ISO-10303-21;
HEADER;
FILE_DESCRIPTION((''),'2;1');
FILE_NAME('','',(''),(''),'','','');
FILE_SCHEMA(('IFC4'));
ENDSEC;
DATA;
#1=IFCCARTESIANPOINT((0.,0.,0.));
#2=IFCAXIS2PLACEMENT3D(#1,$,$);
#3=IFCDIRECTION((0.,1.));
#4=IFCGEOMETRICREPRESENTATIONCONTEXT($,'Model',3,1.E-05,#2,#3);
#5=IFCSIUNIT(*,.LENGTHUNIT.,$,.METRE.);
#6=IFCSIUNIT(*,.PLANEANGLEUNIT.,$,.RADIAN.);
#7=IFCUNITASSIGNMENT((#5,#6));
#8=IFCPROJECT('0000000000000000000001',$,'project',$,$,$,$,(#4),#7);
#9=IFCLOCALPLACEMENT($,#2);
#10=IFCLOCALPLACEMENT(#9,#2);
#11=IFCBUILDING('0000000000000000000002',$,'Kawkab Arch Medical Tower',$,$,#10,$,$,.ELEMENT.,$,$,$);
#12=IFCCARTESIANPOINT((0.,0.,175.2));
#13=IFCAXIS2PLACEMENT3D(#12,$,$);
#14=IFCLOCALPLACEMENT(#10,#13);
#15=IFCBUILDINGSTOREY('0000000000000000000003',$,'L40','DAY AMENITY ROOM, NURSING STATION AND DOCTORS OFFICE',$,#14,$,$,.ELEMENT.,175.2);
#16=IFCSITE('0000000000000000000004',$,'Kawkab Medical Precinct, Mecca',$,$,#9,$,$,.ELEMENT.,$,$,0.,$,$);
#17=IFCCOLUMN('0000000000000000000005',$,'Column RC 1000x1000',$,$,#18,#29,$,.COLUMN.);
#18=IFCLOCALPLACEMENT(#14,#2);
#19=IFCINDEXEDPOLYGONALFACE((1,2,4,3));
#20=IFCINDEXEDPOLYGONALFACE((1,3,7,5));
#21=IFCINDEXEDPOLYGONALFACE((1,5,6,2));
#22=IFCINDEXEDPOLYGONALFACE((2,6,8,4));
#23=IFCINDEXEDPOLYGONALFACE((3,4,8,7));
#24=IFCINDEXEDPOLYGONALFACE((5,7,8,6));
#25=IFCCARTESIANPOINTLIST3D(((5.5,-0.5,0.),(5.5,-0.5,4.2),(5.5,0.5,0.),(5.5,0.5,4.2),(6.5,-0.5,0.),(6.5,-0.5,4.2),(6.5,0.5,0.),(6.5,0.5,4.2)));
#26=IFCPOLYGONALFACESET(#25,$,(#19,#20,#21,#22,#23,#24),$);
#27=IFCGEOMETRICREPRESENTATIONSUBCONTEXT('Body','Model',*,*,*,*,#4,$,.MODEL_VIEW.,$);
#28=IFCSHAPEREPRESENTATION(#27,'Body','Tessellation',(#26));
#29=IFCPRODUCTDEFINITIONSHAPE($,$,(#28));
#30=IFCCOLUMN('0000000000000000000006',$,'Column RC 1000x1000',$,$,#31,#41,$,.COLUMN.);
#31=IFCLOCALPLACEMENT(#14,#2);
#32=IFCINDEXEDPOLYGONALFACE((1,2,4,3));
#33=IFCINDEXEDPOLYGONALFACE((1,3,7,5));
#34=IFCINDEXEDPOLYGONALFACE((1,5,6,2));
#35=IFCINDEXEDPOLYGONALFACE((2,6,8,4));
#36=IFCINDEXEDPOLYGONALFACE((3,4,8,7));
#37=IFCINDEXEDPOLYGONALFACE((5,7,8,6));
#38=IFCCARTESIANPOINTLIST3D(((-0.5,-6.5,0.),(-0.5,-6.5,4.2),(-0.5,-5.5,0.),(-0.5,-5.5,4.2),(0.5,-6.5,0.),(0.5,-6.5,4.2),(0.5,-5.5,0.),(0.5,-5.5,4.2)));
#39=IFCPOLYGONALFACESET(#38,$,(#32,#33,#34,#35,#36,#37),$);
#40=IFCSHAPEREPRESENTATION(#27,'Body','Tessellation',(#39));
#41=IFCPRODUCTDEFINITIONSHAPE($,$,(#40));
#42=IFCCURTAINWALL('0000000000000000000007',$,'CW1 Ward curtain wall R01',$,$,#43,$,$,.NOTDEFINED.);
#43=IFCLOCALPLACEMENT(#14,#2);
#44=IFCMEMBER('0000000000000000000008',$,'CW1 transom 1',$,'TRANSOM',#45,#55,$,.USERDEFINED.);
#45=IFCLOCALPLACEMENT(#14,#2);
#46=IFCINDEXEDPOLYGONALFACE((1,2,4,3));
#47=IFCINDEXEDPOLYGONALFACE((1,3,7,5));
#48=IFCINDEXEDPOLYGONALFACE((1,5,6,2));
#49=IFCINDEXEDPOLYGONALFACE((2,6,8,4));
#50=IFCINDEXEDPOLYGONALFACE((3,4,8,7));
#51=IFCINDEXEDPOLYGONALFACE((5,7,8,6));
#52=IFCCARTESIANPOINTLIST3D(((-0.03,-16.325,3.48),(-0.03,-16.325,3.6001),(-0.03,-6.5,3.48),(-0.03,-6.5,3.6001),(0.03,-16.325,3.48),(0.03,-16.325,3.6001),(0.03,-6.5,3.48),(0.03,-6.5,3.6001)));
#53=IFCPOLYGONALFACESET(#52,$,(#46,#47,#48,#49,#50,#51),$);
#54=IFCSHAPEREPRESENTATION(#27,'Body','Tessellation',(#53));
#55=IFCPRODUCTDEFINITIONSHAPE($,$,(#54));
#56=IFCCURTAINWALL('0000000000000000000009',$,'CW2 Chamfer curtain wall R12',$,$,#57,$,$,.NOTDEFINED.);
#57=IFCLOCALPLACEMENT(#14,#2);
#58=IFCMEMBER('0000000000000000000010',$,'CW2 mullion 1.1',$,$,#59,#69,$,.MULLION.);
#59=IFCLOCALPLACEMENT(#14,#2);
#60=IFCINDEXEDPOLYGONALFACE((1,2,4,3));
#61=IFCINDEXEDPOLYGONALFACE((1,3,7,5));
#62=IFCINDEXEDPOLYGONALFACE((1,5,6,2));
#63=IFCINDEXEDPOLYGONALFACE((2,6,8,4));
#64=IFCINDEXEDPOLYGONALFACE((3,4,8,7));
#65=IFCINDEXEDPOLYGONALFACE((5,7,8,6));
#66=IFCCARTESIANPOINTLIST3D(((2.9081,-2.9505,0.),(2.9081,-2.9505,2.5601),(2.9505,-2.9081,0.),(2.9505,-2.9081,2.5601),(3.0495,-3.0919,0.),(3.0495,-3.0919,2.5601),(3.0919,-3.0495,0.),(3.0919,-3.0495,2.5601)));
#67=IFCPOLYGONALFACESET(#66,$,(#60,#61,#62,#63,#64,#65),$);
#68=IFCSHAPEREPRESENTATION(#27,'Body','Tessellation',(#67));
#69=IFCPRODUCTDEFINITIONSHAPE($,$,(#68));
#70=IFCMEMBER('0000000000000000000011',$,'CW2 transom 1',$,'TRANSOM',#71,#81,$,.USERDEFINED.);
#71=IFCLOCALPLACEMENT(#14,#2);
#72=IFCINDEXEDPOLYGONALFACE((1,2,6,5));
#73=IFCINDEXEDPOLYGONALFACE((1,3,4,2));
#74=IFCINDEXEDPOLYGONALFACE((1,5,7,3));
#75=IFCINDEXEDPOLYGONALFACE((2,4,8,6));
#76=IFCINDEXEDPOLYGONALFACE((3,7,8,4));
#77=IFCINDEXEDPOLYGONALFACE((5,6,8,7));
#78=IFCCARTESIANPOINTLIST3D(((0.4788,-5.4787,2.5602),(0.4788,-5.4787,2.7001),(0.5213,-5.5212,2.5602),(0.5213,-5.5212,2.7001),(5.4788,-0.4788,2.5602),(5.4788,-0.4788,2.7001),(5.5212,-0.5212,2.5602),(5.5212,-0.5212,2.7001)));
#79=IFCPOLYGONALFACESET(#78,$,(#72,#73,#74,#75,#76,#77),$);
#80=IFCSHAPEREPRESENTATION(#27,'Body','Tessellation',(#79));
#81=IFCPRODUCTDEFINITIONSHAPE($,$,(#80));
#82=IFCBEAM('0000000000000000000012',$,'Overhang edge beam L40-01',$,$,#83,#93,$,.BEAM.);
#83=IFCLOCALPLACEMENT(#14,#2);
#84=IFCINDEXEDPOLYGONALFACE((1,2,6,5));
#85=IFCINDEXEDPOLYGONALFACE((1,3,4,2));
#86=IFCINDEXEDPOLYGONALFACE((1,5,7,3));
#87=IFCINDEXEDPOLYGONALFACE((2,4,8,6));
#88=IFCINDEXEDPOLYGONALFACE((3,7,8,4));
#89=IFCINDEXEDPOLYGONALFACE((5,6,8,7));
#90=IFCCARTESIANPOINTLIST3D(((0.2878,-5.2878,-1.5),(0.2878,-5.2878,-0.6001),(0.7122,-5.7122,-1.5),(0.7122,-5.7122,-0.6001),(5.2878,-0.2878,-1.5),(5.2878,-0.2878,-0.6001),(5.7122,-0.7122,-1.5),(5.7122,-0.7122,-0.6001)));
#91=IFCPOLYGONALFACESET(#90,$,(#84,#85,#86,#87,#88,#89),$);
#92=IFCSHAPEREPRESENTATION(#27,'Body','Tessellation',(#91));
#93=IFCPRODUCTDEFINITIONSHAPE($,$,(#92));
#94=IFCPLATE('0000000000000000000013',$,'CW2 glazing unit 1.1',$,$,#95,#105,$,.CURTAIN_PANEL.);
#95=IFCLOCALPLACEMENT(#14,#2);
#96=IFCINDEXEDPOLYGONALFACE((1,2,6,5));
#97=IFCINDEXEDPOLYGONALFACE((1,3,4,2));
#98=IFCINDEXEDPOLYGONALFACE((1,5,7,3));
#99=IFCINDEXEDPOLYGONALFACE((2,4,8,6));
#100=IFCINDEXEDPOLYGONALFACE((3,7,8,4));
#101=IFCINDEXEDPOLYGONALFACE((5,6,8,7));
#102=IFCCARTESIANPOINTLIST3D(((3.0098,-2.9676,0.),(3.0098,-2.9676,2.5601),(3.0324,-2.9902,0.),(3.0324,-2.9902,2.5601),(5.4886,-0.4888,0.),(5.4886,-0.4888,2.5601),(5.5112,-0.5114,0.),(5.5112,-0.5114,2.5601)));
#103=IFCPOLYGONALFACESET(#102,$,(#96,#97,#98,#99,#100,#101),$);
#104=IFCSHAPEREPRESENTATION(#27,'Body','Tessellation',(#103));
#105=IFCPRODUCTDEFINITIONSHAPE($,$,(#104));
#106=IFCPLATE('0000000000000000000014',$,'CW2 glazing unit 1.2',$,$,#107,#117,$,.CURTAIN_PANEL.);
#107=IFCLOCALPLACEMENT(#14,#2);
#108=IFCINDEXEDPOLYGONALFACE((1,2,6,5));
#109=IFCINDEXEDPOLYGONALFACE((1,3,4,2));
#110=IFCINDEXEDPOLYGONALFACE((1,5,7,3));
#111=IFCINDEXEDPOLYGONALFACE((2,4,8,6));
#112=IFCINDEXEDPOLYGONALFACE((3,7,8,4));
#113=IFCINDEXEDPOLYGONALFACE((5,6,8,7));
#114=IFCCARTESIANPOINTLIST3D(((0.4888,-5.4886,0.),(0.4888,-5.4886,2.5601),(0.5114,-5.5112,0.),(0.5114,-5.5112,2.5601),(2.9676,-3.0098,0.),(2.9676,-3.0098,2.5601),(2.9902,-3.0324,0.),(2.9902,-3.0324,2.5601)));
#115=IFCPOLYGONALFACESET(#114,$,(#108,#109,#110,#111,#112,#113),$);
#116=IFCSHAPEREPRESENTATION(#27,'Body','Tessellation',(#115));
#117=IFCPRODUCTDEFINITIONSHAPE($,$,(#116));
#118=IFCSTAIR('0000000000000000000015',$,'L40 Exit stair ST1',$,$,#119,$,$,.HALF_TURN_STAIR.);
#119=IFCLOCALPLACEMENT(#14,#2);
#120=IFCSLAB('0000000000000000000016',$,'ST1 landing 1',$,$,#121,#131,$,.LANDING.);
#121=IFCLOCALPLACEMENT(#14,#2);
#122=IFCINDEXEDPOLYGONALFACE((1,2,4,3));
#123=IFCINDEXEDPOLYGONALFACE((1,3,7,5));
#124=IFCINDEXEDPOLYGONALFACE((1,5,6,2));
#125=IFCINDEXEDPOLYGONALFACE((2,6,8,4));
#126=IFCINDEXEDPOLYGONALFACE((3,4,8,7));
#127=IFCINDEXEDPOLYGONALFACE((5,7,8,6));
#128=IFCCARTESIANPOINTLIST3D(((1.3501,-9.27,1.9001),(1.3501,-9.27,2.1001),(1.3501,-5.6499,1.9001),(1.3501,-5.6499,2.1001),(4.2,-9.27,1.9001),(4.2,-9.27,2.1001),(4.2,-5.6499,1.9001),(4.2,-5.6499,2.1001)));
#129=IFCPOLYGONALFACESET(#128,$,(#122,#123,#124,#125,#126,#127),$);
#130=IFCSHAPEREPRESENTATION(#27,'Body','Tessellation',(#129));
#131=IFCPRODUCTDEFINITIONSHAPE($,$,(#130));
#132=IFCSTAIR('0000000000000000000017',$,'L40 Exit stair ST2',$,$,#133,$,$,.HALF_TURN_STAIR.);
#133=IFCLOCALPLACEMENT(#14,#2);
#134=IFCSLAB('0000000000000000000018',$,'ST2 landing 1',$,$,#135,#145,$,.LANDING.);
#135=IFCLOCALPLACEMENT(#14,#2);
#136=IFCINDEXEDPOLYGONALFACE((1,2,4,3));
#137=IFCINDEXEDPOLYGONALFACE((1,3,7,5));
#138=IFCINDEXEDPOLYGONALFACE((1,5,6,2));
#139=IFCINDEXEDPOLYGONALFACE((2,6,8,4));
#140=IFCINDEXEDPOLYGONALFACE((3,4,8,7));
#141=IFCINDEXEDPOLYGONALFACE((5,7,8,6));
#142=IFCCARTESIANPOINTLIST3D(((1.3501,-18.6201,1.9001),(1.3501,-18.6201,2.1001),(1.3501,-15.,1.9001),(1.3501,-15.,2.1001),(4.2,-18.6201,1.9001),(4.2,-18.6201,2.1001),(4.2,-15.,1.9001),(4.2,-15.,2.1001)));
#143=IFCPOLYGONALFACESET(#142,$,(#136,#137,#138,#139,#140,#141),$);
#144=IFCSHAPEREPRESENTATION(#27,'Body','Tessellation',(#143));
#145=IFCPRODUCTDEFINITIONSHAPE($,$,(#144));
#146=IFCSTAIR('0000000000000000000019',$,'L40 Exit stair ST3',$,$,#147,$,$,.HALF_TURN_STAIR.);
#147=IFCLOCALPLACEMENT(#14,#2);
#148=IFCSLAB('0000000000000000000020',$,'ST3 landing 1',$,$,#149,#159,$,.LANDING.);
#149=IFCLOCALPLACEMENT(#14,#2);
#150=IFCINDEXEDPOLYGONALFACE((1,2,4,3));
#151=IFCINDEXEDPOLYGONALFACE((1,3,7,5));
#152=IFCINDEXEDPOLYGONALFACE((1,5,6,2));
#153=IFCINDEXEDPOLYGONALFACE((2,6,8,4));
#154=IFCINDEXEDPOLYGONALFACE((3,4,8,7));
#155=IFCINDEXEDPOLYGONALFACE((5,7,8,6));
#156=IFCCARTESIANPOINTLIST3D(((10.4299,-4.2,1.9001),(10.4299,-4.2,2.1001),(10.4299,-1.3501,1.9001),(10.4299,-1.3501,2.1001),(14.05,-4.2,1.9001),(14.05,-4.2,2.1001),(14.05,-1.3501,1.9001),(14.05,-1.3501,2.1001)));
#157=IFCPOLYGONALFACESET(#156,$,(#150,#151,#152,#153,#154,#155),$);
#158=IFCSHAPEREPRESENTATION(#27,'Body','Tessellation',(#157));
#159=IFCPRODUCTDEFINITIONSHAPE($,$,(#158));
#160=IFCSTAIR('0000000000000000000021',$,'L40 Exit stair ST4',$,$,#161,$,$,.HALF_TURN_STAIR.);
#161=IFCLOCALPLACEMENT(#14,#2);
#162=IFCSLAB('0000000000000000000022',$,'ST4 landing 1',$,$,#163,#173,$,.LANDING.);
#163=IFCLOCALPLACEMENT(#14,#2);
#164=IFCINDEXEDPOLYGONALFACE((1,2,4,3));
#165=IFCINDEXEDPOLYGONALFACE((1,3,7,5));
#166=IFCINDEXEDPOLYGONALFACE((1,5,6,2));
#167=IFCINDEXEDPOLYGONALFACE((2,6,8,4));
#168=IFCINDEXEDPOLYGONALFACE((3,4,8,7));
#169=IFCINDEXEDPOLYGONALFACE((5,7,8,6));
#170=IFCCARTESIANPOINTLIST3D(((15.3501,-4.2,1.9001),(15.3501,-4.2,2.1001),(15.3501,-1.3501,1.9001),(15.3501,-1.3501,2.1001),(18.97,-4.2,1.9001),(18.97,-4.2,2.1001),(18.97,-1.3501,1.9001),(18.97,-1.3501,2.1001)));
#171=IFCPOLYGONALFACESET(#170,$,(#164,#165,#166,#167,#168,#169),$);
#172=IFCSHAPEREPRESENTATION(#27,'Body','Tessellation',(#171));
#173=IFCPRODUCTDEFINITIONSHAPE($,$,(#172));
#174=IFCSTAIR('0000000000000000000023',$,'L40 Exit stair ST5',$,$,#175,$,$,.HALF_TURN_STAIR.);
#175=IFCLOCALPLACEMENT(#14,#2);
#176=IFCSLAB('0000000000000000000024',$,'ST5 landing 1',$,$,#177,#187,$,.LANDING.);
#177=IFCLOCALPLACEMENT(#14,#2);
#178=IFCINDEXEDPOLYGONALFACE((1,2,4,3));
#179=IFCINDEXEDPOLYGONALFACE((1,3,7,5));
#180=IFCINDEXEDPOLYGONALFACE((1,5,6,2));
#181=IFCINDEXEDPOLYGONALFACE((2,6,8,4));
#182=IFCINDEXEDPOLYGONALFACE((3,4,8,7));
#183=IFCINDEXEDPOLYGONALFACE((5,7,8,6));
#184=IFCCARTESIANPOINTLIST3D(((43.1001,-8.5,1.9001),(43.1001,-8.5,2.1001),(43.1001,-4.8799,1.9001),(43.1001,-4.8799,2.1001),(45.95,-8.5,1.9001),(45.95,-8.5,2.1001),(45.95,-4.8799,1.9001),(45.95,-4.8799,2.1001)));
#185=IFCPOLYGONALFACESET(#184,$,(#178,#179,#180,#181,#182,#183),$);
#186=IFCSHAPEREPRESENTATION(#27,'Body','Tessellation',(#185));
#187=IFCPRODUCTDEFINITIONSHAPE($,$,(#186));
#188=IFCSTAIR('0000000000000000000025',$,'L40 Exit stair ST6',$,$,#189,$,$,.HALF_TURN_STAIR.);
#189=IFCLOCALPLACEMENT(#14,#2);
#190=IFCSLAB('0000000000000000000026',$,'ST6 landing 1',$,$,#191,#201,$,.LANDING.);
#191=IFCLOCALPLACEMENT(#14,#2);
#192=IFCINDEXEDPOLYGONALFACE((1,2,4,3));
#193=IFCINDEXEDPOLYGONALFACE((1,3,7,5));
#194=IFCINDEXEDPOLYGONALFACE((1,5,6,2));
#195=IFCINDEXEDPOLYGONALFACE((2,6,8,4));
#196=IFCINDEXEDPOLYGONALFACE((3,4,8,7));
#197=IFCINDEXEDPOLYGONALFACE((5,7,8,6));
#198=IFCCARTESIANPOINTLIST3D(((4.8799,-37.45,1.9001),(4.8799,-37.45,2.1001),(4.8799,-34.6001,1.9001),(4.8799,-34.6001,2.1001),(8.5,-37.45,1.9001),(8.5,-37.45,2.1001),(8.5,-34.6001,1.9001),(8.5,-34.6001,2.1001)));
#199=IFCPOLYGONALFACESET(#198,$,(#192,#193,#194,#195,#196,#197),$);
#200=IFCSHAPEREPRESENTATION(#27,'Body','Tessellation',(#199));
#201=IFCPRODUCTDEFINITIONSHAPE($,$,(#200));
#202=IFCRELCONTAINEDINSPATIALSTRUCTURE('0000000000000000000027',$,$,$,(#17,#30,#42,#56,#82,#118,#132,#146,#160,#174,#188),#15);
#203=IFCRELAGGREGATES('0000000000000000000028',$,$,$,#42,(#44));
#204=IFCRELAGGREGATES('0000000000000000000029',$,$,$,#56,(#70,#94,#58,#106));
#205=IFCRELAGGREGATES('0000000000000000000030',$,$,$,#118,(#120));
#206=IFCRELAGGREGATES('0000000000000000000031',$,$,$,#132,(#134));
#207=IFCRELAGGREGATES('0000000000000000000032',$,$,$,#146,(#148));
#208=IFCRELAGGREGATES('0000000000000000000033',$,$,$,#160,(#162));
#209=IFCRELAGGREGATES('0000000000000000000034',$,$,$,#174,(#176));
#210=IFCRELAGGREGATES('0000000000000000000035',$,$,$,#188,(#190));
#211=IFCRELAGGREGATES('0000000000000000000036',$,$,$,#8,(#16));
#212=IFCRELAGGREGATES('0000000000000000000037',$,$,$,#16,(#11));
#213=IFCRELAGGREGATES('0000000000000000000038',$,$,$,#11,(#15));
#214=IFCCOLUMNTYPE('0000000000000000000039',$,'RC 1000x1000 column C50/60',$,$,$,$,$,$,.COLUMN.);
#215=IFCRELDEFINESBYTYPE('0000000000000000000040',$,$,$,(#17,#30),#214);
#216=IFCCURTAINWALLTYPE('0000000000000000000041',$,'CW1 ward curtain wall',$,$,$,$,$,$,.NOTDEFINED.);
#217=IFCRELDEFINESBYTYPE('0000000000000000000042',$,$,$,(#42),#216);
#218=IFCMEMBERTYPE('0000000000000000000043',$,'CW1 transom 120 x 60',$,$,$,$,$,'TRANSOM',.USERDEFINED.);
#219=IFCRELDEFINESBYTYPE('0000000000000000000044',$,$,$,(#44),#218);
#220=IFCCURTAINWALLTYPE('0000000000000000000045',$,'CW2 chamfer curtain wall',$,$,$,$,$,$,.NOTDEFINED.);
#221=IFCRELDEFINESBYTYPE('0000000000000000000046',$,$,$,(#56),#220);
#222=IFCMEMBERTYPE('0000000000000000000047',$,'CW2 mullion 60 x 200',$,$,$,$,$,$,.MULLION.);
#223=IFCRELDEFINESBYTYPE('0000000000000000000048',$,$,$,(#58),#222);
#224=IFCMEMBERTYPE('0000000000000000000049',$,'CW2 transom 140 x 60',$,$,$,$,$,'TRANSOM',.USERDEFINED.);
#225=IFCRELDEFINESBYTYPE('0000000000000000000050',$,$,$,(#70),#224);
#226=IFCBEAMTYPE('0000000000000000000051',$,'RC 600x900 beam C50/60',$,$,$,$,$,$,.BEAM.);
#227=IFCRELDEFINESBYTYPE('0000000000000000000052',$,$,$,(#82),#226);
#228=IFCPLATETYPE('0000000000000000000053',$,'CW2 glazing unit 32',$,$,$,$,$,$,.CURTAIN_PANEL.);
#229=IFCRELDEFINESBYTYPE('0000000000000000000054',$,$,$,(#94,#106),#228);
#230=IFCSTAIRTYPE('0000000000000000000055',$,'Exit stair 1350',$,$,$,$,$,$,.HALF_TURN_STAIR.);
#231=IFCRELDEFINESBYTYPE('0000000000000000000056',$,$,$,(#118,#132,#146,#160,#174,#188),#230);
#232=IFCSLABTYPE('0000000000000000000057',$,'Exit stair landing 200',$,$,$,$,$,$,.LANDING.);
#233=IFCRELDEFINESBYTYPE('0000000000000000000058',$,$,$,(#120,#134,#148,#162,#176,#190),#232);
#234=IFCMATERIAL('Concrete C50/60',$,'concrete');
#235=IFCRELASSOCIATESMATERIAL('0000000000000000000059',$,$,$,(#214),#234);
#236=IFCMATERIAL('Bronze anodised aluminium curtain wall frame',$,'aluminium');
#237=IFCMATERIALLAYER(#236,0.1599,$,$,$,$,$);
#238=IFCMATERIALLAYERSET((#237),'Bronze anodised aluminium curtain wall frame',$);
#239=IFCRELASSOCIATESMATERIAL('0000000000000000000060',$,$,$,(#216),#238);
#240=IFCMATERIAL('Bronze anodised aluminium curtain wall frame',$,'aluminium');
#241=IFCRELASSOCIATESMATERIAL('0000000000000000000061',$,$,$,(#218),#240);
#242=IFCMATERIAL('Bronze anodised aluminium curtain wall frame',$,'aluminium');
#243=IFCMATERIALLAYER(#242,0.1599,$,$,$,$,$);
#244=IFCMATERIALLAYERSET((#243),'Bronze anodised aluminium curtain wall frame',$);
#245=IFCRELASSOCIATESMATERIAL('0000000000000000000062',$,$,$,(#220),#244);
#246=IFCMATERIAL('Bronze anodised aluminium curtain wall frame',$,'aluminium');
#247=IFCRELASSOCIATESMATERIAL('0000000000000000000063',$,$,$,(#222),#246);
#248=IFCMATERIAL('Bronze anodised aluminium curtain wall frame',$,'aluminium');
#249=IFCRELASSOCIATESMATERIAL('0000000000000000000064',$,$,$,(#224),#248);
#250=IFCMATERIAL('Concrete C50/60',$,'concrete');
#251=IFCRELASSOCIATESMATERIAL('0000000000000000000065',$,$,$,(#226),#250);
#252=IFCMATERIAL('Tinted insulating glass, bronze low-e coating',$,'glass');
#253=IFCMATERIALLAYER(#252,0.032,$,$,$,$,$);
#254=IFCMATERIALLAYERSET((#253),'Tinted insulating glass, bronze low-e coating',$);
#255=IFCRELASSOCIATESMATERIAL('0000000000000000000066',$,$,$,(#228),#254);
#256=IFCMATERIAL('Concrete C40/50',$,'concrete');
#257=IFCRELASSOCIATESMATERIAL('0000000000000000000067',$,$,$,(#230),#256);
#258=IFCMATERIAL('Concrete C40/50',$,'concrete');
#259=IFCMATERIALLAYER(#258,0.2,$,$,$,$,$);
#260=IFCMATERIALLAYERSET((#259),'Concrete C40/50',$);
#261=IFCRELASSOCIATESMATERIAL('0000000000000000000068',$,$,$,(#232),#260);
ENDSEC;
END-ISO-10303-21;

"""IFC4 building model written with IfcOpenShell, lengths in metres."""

from ifc_helpers import new_model, si_unit, direction, frame, origin, origin_2d, place, context, subcontext, project, spatial, polyline, rectangle, outline, extrude, material, layer, layer_set, material_profile, profile_set, type_object, element, aggregate, save


model = new_model("IFC4")

# Units and contexts
model_context = context("Model", 3, precision=1e-05, world=origin(), true_north=direction((0.0, 1.0)))
body_context = subcontext(model_context, "Body", "Model", "MODEL_VIEW")
ifc_project = project(units=[si_unit("LENGTHUNIT", "METRE"), si_unit("PLANEANGLEUNIT", "RADIAN")], contexts=[model_context])

# Site, building, storey
site_placement = place(None, origin())
site = spatial("IfcSite", under=ifc_project, at=site_placement, Name="Kawkab Medical Precinct, Mecca", CompositionType="ELEMENT", RefElevation=0.0)
building_placement = place(site_placement, origin())
building = spatial("IfcBuilding", under=site, at=building_placement, Name="Kawkab Arch Medical Tower", CompositionType="ELEMENT")
storey_placement = place(building_placement, frame((0.0, 0.0, 175.2)))
storey = spatial("IfcBuildingStorey", under=building, at=storey_placement, Name="L40", Description="DAY AMENITY ROOM, NURSING STATION AND DOCTORS OFFICE", CompositionType="ELEMENT", Elevation=175.2)

# Columns
ifc_material_1 = material(Name="Concrete C50/60", Category="concrete")
ifc_material_profile_1 = material_profile(ifc_material_1, rectangle(XDim=1.0, YDim=1.0, at=origin_2d()), Name="RC 1000x1000")
ifc_profile_set_1 = profile_set([ifc_material_profile_1], Name="Concrete C50/60")
column_type = type_object("IfcColumnType", Name="RC 1000x1000 column C50/60", PredefinedType="COLUMN", material=ifc_profile_set_1)
for number, where, z_axis, x_axis, name in (
    (1, (6.0, 0.0, 0.0), (0.0, 0.0, 1.0), (1.0, 0.0, 0.0), "Column RC 1000x1000"),
    (2, (0.0, -6.0, 0.0), (0.0, 0.0, 1.0), (1.0, 0.0, 0.0), "Column RC 1000x1000"),
):
    element("IfcColumn", number, at=place(storey_placement, frame(where, z_axis=z_axis, x_axis=x_axis)), inside=storey, type_object=column_type, Name=name, PredefinedType="COLUMN", context=body_context, shape_type="SweptSolid", body=[
        extrude(rectangle(XDim=1.0, YDim=1.0, at=origin_2d()), origin(), (0.0, 0.0, 1.0), 4.2),
    ])

# Curtain wall, member
ifc_material_2 = material(Name="Bronze anodised aluminium curtain wall frame", Category="aluminium")
ifc_layer_1 = layer(ifc_material_2, 0.1599)
ifc_layer_set_1 = layer_set([ifc_layer_1], Name="Bronze anodised aluminium curtain wall frame")
curtain_wall_type_1 = type_object("IfcCurtainWallType", Name="CW1 ward curtain wall", PredefinedType="NOTDEFINED", material=ifc_layer_set_1)
placement_1 = place(storey_placement, origin())
curtain_wall_1 = element("IfcCurtainWall", 3, at=placement_1, inside=storey, type_object=curtain_wall_type_1, Name="CW1 Ward curtain wall R01", PredefinedType="NOTDEFINED")
ifc_material_3 = material(Name="Bronze anodised aluminium curtain wall frame", Category="aluminium")
ifc_material_profile_2 = material_profile(ifc_material_3, rectangle(XDim=0.0601, YDim=0.1201, at=origin_2d()), Name="AL 60x120")
ifc_profile_set_2 = profile_set([ifc_material_profile_2], Name="Bronze anodised aluminium curtain wall frame")
member_type_1 = type_object("IfcMemberType", Name="CW1 transom 120 x 60", ElementType="TRANSOM", PredefinedType="USERDEFINED", material=ifc_profile_set_2)
member_1_placement = place(storey_placement, frame((0.0, -6.5, 3.54), z_axis=(0.0, -1.0, 0.0), x_axis=(1.0, 0.0, 0.0)))
member_1 = element("IfcMember", 4, at=member_1_placement, type_object=member_type_1, Name="CW1 transom 1", ObjectType="TRANSOM", PredefinedType="USERDEFINED", context=body_context, shape_type="SweptSolid", body=[
    extrude(rectangle(XDim=0.0601, YDim=0.1201, at=origin_2d()), origin(), (0.0, 0.0, 1.0), 9.825),
])
aggregate(curtain_wall_1, [member_1])

# Curtain wall, members
ifc_material_4 = material(Name="Bronze anodised aluminium curtain wall frame", Category="aluminium")
ifc_layer_2 = layer(ifc_material_4, 0.1599)
ifc_layer_set_2 = layer_set([ifc_layer_2], Name="Bronze anodised aluminium curtain wall frame")
curtain_wall_type_2 = type_object("IfcCurtainWallType", Name="CW2 chamfer curtain wall", PredefinedType="NOTDEFINED", material=ifc_layer_set_2)
curtain_wall_2 = element("IfcCurtainWall", 5, at=placement_1, inside=storey, type_object=curtain_wall_type_2, Name="CW2 Chamfer curtain wall R12", PredefinedType="NOTDEFINED")
ifc_material_5 = material(Name="Bronze anodised aluminium curtain wall frame", Category="aluminium")
ifc_material_profile_3 = material_profile(ifc_material_5, rectangle(XDim=0.2, YDim=0.0601, at=origin_2d()), Name="AL 60x200")
ifc_profile_set_3 = profile_set([ifc_material_profile_3], Name="Bronze anodised aluminium curtain wall frame")
member_type_2 = type_object("IfcMemberType", Name="CW2 mullion 60 x 200", PredefinedType="MULLION", material=ifc_profile_set_3)
member_2_placement = place(storey_placement, frame((3.0, -3.0, 0.0), z_axis=(0.0, 0.0, 1.0), x_axis=(0.707107, -0.707107, 0.0)))
member_2 = element("IfcMember", 6, at=member_2_placement, type_object=member_type_2, Name="CW2 mullion 1.1", PredefinedType="MULLION", context=body_context, shape_type="SweptSolid", body=[
    extrude(rectangle(XDim=0.2, YDim=0.0601, at=origin_2d()), origin(), (0.0, 0.0, 1.0), 2.5601),
])
ifc_material_6 = material(Name="Bronze anodised aluminium curtain wall frame", Category="aluminium")
ifc_material_profile_4 = material_profile(ifc_material_6, rectangle(XDim=0.0601, YDim=0.1399, at=origin_2d()), Name="AL 60x140")
ifc_profile_set_4 = profile_set([ifc_material_profile_4], Name="Bronze anodised aluminium curtain wall frame")
member_type_3 = type_object("IfcMemberType", Name="CW2 transom 140 x 60", ElementType="TRANSOM", PredefinedType="USERDEFINED", material=ifc_profile_set_4)
member_3_placement = place(storey_placement, frame((5.5, -0.5, 2.6301), z_axis=(-0.707107, -0.707107, 0.0), x_axis=(0.707107, -0.707107, 0.0)))
member_3 = element("IfcMember", 7, at=member_3_placement, type_object=member_type_3, Name="CW2 transom 1", ObjectType="TRANSOM", PredefinedType="USERDEFINED", context=body_context, shape_type="SweptSolid", body=[
    extrude(rectangle(XDim=0.0601, YDim=0.1399, at=origin_2d()), origin(), (0.0, 0.0, 1.0), 7.071),
])

# Beam
ifc_material_7 = material(Name="Concrete C50/60", Category="concrete")
ifc_material_profile_5 = material_profile(ifc_material_7, rectangle(XDim=0.6001, YDim=0.8999, at=origin_2d()), Name="RC 600x900")
ifc_profile_set_5 = profile_set([ifc_material_profile_5], Name="Concrete C50/60")
beam_type = type_object("IfcBeamType", Name="RC 600x900 beam C50/60", PredefinedType="BEAM", material=ifc_profile_set_5)
beam_placement = place(storey_placement, frame((0.5, -5.5, -1.05), z_axis=(0.707107, 0.707107, 0.0), x_axis=(-0.707107, 0.707107, 0.0)))
element("IfcBeam", 8, at=beam_placement, inside=storey, type_object=beam_type, Name="Overhang edge beam L40-01", PredefinedType="BEAM", context=body_context, shape_type="SweptSolid", body=[
    extrude(rectangle(XDim=0.6001, YDim=0.8999, at=origin_2d()), origin(), (0.0, 0.0, 1.0), 7.071),
])

# Plates
ifc_material_8 = material(Name="Tinted insulating glass, bronze low-e coating", Category="glass")
ifc_layer_3 = layer(ifc_material_8, 0.032)
ifc_layer_set_3 = layer_set([ifc_layer_3], Name="Tinted insulating glass, bronze low-e coating")
plate_type = type_object("IfcPlateType", Name="CW2 glazing unit 32", PredefinedType="CURTAIN_PANEL", material=ifc_layer_set_3)
plate_1_placement = place(storey_placement, frame((4.2605, -1.7395, 0.0), z_axis=(0.0, 0.0, 1.0), x_axis=(-0.707107, -0.707107, 0.0)))
plate_1 = element("IfcPlate", 9, at=plate_1_placement, type_object=plate_type, Name="CW2 glazing unit 1.1", PredefinedType="CURTAIN_PANEL", context=body_context, shape_type="SweptSolid", body=[
    extrude(rectangle(XDim=3.5056, YDim=0.032, at=origin_2d()), origin(), (0.0, 0.0, 1.0), 2.5601),
])
plate_2_placement = place(storey_placement, frame((1.7395, -4.2605, 0.0), z_axis=(0.0, 0.0, 1.0), x_axis=(-0.707107, -0.707107, 0.0)))
plate_2 = element("IfcPlate", 10, at=plate_2_placement, type_object=plate_type, Name="CW2 glazing unit 1.2", PredefinedType="CURTAIN_PANEL", context=body_context, shape_type="SweptSolid", body=[
    extrude(rectangle(XDim=3.5056, YDim=0.032, at=origin_2d()), origin(), (0.0, 0.0, 1.0), 2.5601),
])
aggregate(curtain_wall_2, [member_3, plate_1, member_2, plate_2])

# Stairs, slabs
ifc_material_9 = material(Name="Concrete C40/50", Category="concrete")
stair_type = type_object("IfcStairType", Name="Exit stair 1350", PredefinedType="HALF_TURN_STAIR", material=ifc_material_9)
stair_1 = element("IfcStair", 11, at=placement_1, inside=storey, type_object=stair_type, Name="L40 Exit stair ST1", PredefinedType="HALF_TURN_STAIR")
ifc_material_10 = material(Name="Concrete C40/50", Category="concrete")
ifc_layer_4 = layer(ifc_material_10, 0.2)
ifc_layer_set_4 = layer_set([ifc_layer_4], Name="Concrete C40/50")
slab_type_1 = type_object("IfcSlabType", Name="Exit stair landing 200", PredefinedType="LANDING", material=ifc_layer_set_4)
placement_2 = place(storey_placement, frame((0.0, 0.0, 1.9001)))
slab_1 = element("IfcSlab", 12, at=placement_2, type_object=slab_type_1, Name="ST1 landing 1", PredefinedType="LANDING", context=body_context, shape_type="SweptSolid", body=[
    extrude(outline(polyline([(4.2, -9.27), (4.2, -5.6499), (1.3501, -5.6499), (1.3501, -9.27), (4.2, -9.27)])), origin(), (0.0, 0.0, 1.0), 0.2),
])
aggregate(stair_1, [slab_1])
stair_2 = element("IfcStair", 13, at=placement_1, inside=storey, type_object=stair_type, Name="L40 Exit stair ST2", PredefinedType="HALF_TURN_STAIR")
slab_2 = element("IfcSlab", 14, at=placement_2, type_object=slab_type_1, Name="ST2 landing 1", PredefinedType="LANDING", context=body_context, shape_type="SweptSolid", body=[
    extrude(outline(polyline([(4.2, -18.6201), (4.2, -15.0), (1.3501, -15.0), (1.3501, -18.6201), (4.2, -18.6201)])), origin(), (0.0, 0.0, 1.0), 0.2),
])
aggregate(stair_2, [slab_2])
stair_3 = element("IfcStair", 15, at=placement_1, inside=storey, type_object=stair_type, Name="L40 Exit stair ST3", PredefinedType="HALF_TURN_STAIR")
slab_3 = element("IfcSlab", 16, at=placement_2, type_object=slab_type_1, Name="ST3 landing 1", PredefinedType="LANDING", context=body_context, shape_type="SweptSolid", body=[
    extrude(outline(polyline([(10.4299, -4.2), (14.05, -4.2), (14.05, -1.3501), (10.4299, -1.3501), (10.4299, -4.2)])), origin(), (0.0, 0.0, 1.0), 0.2),
])
aggregate(stair_3, [slab_3])
stair_4 = element("IfcStair", 17, at=placement_1, inside=storey, type_object=stair_type, Name="L40 Exit stair ST4", PredefinedType="HALF_TURN_STAIR")
slab_4 = element("IfcSlab", 18, at=placement_2, type_object=slab_type_1, Name="ST4 landing 1", PredefinedType="LANDING", context=body_context, shape_type="SweptSolid", body=[
    extrude(outline(polyline([(18.97, -1.3501), (15.3501, -1.3501), (15.3501, -4.2), (18.97, -4.2), (18.97, -1.3501)])), origin(), (0.0, 0.0, 1.0), 0.2),
])
aggregate(stair_4, [slab_4])
stair_5 = element("IfcStair", 19, at=placement_1, inside=storey, type_object=stair_type, Name="L40 Exit stair ST5", PredefinedType="HALF_TURN_STAIR")
slab_5 = element("IfcSlab", 20, at=placement_2, type_object=slab_type_1, Name="ST5 landing 1", PredefinedType="LANDING", context=body_context, shape_type="SweptSolid", body=[
    extrude(outline(polyline([(43.1001, -4.8799), (43.1001, -8.5), (45.95, -8.5), (45.95, -4.8799), (43.1001, -4.8799)])), origin(), (0.0, 0.0, 1.0), 0.2),
])
aggregate(stair_5, [slab_5])
stair_6 = element("IfcStair", 21, at=placement_1, inside=storey, type_object=stair_type, Name="L40 Exit stair ST6", PredefinedType="HALF_TURN_STAIR")
slab_6 = element("IfcSlab", 22, at=placement_2, type_object=slab_type_1, Name="ST6 landing 1", PredefinedType="LANDING", context=body_context, shape_type="SweptSolid", body=[
    extrude(outline(polyline([(4.8799, -37.45), (8.5, -37.45), (8.5, -34.6001), (4.8799, -34.6001), (4.8799, -37.45)])), origin(), (0.0, 0.0, 1.0), 0.2),
])
aggregate(stair_6, [slab_6])

save(model, "model.ifc")
